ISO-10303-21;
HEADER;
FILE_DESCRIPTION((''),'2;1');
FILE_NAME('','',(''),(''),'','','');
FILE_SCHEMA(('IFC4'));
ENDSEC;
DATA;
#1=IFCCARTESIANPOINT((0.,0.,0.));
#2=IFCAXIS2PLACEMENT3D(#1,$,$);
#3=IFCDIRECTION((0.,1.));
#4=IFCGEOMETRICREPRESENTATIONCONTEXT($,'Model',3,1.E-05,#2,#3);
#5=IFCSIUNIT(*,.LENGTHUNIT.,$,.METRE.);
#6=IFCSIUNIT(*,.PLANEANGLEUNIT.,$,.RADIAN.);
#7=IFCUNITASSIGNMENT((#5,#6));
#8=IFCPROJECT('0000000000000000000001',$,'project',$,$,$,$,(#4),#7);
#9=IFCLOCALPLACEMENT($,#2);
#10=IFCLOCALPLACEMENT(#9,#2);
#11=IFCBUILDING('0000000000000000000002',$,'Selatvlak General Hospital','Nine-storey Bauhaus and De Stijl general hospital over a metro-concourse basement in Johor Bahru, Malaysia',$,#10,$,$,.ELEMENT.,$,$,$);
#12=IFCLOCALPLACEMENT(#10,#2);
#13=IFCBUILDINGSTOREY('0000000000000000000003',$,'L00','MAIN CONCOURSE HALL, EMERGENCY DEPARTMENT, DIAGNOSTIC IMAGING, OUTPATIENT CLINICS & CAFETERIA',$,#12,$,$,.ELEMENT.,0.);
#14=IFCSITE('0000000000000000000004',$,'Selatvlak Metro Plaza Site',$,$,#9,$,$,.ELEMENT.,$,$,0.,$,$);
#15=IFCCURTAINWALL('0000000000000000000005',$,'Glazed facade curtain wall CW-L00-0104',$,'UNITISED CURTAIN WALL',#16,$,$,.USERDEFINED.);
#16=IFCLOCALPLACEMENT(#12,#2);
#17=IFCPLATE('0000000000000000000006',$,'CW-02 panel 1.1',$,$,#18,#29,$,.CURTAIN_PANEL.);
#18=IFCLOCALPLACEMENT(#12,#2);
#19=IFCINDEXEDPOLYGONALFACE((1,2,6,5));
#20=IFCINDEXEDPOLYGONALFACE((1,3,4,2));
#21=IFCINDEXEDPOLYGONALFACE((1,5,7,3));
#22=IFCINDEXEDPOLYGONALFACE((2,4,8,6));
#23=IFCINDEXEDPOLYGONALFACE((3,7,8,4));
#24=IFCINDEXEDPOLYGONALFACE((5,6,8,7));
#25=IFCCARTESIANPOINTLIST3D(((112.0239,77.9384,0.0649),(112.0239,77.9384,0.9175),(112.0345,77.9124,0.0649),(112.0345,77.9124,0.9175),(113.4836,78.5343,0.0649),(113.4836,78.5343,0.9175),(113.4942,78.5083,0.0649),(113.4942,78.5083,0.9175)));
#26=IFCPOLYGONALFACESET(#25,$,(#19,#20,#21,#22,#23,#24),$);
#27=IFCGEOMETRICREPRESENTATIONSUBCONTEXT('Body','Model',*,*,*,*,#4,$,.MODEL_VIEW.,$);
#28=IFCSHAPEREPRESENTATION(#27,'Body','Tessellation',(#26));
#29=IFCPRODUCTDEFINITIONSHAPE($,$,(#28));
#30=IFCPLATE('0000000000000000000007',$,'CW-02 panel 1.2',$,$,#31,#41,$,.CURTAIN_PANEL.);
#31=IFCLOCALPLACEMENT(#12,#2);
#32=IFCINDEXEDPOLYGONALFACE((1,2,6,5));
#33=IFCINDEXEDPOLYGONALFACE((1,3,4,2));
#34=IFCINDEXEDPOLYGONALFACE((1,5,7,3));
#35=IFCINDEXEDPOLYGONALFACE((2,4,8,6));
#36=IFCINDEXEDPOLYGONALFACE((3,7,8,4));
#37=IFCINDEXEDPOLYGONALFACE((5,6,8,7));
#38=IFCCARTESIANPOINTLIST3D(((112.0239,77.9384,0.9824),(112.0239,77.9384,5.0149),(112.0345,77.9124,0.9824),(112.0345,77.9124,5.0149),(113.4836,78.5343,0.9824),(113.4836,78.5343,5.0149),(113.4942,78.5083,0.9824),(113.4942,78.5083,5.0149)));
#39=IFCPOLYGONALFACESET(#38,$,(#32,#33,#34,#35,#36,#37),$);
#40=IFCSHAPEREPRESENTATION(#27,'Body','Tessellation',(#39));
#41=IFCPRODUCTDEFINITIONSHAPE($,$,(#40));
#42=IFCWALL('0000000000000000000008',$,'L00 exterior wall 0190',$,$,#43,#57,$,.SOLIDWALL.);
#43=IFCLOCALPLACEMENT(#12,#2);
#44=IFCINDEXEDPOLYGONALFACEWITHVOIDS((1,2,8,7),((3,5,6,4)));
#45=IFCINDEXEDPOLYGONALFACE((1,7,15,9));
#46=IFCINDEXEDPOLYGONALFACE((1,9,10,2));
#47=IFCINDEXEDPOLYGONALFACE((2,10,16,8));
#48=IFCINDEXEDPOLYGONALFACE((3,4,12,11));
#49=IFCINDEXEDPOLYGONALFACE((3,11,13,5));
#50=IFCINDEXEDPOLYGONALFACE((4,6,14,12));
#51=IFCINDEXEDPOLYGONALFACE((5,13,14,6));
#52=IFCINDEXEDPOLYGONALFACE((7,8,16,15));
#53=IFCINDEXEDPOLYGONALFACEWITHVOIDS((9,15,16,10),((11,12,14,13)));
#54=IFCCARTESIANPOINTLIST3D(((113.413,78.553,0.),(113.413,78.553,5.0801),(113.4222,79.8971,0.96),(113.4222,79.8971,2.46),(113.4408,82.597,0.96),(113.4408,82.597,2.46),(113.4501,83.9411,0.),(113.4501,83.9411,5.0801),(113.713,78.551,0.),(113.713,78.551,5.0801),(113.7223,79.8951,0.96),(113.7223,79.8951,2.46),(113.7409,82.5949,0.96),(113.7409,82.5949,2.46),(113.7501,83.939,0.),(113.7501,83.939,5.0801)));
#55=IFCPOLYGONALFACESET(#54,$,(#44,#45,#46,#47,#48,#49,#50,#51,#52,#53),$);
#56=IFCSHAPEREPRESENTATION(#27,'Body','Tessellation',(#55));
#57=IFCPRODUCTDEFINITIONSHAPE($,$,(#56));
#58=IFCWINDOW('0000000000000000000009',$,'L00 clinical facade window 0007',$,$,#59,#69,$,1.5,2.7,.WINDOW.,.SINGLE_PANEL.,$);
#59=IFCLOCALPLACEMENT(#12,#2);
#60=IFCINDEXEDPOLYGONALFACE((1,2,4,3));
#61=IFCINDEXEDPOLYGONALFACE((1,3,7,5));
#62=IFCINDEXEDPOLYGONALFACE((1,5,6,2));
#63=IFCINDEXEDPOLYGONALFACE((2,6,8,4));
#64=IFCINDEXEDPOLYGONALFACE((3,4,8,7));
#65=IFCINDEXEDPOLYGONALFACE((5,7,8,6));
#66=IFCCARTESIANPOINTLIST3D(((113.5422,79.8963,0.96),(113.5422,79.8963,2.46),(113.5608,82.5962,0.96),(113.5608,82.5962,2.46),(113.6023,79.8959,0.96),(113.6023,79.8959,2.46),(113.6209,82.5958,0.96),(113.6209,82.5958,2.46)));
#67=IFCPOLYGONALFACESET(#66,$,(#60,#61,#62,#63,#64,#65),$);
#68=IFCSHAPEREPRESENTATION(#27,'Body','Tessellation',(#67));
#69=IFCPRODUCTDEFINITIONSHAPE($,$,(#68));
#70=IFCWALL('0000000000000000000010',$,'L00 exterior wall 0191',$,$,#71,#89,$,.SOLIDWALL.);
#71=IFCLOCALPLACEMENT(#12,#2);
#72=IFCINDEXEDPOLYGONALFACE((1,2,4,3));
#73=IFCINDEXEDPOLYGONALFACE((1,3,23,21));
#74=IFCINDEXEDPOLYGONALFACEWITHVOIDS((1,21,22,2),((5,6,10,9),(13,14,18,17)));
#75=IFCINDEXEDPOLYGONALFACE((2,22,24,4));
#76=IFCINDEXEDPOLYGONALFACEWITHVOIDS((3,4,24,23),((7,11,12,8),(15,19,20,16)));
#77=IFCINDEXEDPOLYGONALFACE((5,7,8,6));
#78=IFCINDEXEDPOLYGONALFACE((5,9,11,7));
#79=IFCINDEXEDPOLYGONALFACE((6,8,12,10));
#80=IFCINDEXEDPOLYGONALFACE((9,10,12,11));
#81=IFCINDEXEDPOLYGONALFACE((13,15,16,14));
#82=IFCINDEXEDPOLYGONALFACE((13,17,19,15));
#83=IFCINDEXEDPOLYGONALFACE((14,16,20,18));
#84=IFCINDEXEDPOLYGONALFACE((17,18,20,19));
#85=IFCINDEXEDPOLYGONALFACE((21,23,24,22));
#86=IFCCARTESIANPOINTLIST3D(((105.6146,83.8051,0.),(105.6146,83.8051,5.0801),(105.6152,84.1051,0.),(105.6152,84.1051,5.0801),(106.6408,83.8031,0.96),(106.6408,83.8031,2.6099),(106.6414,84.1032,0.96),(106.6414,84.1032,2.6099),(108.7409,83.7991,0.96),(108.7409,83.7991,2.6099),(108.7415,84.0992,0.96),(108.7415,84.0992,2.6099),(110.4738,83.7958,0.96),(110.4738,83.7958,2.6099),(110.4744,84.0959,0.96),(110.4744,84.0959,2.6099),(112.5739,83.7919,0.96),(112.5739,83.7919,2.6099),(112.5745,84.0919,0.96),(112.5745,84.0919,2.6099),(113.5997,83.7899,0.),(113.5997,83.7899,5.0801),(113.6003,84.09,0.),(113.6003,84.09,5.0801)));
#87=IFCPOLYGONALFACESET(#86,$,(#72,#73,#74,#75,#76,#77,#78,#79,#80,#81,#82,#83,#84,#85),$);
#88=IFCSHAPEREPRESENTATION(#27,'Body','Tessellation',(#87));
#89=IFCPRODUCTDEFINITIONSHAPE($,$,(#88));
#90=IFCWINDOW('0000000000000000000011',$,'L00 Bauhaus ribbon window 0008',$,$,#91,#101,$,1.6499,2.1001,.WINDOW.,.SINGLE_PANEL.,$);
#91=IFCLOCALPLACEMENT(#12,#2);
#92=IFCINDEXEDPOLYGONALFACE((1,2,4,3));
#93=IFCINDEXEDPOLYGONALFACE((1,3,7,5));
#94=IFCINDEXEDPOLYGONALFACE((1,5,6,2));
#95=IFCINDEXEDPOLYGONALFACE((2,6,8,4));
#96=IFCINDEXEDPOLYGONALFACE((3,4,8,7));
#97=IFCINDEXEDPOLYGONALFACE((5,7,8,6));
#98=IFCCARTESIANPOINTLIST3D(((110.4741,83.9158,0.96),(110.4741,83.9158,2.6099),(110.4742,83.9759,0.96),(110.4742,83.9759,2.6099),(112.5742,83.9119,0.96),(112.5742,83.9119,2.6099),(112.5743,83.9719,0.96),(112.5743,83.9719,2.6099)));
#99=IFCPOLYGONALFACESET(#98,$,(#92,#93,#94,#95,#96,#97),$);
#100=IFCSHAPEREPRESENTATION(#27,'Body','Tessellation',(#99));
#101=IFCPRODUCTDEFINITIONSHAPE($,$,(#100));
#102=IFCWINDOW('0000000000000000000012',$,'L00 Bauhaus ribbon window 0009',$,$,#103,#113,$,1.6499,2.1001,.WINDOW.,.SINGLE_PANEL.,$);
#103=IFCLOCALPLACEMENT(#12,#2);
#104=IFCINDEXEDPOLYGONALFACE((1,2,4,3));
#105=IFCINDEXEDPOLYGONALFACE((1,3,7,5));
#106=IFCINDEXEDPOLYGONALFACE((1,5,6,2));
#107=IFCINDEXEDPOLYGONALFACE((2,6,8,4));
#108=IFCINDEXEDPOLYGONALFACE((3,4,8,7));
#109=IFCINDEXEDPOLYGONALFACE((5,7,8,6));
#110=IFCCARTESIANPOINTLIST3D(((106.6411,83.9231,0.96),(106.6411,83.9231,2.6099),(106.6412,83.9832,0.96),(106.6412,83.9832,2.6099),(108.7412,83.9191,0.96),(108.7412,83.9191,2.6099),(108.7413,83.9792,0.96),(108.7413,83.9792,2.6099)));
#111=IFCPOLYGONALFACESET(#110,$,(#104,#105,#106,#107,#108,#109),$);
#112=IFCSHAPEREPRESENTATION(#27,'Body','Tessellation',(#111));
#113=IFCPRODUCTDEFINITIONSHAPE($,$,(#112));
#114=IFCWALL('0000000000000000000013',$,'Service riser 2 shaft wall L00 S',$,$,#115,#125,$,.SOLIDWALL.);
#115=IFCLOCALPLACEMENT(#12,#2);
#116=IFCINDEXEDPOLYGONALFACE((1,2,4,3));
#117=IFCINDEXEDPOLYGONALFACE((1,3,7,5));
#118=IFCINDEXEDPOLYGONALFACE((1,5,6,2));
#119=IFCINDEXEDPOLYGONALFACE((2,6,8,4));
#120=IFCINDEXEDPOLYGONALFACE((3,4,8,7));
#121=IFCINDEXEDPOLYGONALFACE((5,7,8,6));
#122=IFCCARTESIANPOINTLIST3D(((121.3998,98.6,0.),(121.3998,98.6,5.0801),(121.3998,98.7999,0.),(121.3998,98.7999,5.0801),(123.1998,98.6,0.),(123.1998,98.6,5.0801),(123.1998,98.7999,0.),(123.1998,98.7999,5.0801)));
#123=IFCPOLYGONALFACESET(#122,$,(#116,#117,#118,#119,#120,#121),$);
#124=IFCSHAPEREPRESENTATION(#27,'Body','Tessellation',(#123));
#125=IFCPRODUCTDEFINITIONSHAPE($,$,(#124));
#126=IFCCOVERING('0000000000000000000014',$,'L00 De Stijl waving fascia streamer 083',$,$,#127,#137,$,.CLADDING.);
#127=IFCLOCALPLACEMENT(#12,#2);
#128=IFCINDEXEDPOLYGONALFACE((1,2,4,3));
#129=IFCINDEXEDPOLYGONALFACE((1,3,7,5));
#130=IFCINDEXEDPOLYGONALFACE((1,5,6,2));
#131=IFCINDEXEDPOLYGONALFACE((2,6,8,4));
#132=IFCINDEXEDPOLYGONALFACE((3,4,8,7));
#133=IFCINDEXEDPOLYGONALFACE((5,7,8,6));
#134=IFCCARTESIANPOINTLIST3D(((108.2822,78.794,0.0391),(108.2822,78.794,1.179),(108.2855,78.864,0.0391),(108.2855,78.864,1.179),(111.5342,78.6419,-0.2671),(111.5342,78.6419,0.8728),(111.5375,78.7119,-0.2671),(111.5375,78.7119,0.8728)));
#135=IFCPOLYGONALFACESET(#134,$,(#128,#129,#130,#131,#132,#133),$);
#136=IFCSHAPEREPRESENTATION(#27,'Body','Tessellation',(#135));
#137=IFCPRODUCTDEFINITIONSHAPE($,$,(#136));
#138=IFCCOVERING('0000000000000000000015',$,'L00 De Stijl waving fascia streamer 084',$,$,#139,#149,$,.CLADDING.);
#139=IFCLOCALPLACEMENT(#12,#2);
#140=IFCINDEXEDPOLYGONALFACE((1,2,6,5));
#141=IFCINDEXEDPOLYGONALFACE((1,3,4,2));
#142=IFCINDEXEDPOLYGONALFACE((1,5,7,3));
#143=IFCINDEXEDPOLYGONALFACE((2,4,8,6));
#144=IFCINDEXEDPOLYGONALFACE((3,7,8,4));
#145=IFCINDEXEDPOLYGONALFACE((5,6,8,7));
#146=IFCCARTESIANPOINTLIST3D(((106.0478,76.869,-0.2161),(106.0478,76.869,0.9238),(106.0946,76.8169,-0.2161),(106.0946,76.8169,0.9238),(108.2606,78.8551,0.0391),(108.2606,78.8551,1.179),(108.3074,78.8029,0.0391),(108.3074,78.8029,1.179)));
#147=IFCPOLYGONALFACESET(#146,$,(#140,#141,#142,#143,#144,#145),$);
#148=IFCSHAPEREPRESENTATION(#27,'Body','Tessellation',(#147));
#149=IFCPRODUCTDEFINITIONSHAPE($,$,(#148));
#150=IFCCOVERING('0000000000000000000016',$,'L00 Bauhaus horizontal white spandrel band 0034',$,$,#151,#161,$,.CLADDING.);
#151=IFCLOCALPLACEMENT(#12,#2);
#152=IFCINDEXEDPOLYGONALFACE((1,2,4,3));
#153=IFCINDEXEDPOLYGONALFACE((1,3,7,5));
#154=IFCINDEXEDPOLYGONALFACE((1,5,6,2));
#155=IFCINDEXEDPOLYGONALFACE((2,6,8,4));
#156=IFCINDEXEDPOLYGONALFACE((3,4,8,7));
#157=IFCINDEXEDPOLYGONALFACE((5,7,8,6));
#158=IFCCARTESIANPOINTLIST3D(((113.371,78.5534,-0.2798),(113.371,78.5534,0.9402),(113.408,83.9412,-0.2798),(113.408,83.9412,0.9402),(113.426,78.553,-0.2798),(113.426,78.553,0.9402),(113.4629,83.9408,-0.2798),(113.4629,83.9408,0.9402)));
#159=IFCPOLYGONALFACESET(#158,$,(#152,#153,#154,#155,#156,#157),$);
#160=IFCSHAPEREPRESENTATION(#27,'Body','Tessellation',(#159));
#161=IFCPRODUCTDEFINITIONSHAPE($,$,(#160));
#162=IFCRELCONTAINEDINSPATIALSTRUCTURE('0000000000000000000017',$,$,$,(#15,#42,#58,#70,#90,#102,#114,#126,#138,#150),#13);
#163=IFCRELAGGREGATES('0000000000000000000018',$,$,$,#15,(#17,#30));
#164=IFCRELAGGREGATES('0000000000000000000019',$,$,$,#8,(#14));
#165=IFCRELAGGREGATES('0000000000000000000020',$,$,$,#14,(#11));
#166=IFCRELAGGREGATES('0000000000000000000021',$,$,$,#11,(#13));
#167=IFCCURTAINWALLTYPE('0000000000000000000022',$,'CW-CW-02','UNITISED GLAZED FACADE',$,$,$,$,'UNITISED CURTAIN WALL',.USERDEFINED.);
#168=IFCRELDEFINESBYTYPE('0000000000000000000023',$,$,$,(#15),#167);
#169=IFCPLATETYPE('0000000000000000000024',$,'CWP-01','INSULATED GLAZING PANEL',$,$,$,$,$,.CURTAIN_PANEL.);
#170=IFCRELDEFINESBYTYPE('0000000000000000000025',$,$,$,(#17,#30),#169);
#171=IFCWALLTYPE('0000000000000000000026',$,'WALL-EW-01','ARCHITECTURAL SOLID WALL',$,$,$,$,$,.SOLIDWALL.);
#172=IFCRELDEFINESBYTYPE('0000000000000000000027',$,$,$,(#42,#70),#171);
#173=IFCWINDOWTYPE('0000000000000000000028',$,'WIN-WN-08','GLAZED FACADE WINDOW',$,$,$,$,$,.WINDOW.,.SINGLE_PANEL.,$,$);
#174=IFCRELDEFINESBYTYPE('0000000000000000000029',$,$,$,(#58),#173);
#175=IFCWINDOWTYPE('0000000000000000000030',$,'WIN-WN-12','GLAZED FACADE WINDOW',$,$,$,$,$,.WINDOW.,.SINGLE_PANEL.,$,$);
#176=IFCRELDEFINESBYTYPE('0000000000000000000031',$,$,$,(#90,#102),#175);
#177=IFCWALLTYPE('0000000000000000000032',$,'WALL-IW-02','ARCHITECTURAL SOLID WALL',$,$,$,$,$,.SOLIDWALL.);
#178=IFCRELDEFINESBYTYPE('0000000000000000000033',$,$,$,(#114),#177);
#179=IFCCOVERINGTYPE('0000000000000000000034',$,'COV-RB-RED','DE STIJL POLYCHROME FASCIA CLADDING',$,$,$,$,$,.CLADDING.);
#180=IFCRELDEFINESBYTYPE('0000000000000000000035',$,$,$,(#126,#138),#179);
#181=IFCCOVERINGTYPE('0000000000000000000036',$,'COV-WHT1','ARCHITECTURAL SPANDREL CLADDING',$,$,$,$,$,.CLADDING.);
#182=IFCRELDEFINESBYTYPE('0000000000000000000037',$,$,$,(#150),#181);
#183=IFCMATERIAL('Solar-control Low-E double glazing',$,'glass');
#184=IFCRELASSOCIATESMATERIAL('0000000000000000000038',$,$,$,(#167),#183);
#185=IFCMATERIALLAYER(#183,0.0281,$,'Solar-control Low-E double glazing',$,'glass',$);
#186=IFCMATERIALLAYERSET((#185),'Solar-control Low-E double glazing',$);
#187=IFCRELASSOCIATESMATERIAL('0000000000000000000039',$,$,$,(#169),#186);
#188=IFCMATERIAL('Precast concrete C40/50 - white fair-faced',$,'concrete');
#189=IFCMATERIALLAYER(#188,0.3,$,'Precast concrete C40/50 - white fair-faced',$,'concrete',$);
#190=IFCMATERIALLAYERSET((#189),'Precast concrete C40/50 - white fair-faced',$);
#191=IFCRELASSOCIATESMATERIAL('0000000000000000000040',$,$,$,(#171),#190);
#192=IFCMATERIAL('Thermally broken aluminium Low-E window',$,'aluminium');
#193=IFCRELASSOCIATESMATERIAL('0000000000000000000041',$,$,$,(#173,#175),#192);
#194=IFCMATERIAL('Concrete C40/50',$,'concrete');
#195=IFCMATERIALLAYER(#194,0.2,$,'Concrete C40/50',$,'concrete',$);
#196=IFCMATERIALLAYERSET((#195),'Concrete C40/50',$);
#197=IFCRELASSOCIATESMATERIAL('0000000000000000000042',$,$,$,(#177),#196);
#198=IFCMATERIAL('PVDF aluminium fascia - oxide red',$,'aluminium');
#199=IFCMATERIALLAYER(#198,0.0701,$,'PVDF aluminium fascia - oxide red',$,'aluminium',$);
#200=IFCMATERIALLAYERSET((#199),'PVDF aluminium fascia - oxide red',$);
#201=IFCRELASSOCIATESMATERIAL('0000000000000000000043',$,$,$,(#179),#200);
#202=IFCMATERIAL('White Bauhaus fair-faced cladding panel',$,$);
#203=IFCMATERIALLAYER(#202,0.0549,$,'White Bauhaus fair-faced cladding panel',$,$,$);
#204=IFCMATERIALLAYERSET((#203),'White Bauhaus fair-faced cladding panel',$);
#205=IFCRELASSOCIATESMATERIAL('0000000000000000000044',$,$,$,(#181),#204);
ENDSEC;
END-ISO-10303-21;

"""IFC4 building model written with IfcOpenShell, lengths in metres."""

from ifc_helpers import new_model, si_unit, direction, frame, frame_2d, origin, origin_2d, place, context, subcontext, project, spatial, polyline, rectangle, outline, extrude, material, layer, layer_set, type_object, element, fill, aggregate, save


model = new_model("IFC4")

# Units and contexts
model_context = context("Model", 3, precision=1e-05, world=origin(), true_north=direction((0.0, 1.0)))
body_context = subcontext(model_context, "Body", "Model", "MODEL_VIEW")
ifc_project = project(units=[si_unit("LENGTHUNIT", "METRE"), si_unit("PLANEANGLEUNIT", "RADIAN")], contexts=[model_context])

# Site, building, storey
site_placement = place(None, origin())
site = spatial("IfcSite", under=ifc_project, at=site_placement, Name="Selatvlak Metro Plaza Site", CompositionType="ELEMENT", RefElevation=0.0)
building_placement = place(site_placement, origin())
building = spatial("IfcBuilding", under=site, at=building_placement, Name="Selatvlak General Hospital", Description="Nine-storey Bauhaus and De Stijl general hospital over a metro-concourse basement in Johor Bahru, Malaysia", CompositionType="ELEMENT")
storey_placement = place(building_placement, origin())
storey = spatial("IfcBuildingStorey", under=building, at=storey_placement, Name="L00", Description="MAIN CONCOURSE HALL, EMERGENCY DEPARTMENT, DIAGNOSTIC IMAGING, OUTPATIENT CLINICS & CAFETERIA", CompositionType="ELEMENT", Elevation=0.0)

# Shared definitions
ifc_material_1 = material(Name="Concrete C40/50", Category="concrete")

# Shared definitions
ifc_material_2 = material(Name="Solar-control Low-E double glazing", Category="glass")

# Curtain wall, plates
curtain_wall_type_1 = type_object("IfcCurtainWallType", Name="CW-CW-02", Description="UNITISED GLAZED FACADE", ElementType="UNITISED CURTAIN WALL", PredefinedType="USERDEFINED", material=ifc_material_2)
curtain_wall_1_placement = place(storey_placement, origin())
curtain_wall_1 = element("IfcCurtainWall", 1, at=curtain_wall_1_placement, inside=storey, type_object=curtain_wall_type_1, Name="Glazed facade curtain wall CW-L00-0104", ObjectType="UNITISED CURTAIN WALL", PredefinedType="USERDEFINED")
ifc_layer_1 = layer(ifc_material_2, 0.0281, Name="Solar-control Low-E double glazing", Category="glass")
ifc_layer_set_1 = layer_set([ifc_layer_1], Name="Solar-control Low-E double glazing")
plate_type = type_object("IfcPlateType", Name="CWP-01", Description="INSULATED GLAZING PANEL", PredefinedType="CURTAIN_PANEL", material=ifc_layer_set_1)
plate_1_placement = place(storey_placement, frame((112.759, 78.2234, 0.0649), z_axis=(0.0, 0.0, 1.0), x_axis=(0.925827, 0.377948, 0.0)))
plate_1 = element("IfcPlate", 2, at=plate_1_placement, type_object=plate_type, Name="CW-02 panel 1.1", PredefinedType="CURTAIN_PANEL", context=body_context, shape_type="SweptSolid", body=[
    extrude(rectangle(XDim=1.5767, YDim=0.0281, at=origin_2d()), origin(), (0.0, 0.0, 1.0), 0.8525),
])
plate_2_placement = place(storey_placement, frame((112.759, 78.2234, 0.9824), z_axis=(0.0, 0.0, 1.0), x_axis=(0.925827, 0.377948, 0.0)))
plate_2 = element("IfcPlate", 3, at=plate_2_placement, type_object=plate_type, Name="CW-02 panel 1.2", PredefinedType="CURTAIN_PANEL", context=body_context, shape_type="SweptSolid", body=[
    extrude(rectangle(XDim=1.5767, YDim=0.0281, at=origin_2d()), origin(), (0.0, 0.0, 1.0), 4.0325),
])
aggregate(curtain_wall_1, [plate_1, plate_2])

# Wall, opening, window
ifc_material_3 = material(Name="Precast concrete C40/50 - white fair-faced", Category="concrete")
ifc_layer_2 = layer(ifc_material_3, 0.3, Name="Precast concrete C40/50 - white fair-faced", Category="concrete")
ifc_layer_set_2 = layer_set([ifc_layer_2], Name="Precast concrete C40/50 - white fair-faced")
wall_type_1 = type_object("IfcWallType", Name="WALL-EW-01", Description="ARCHITECTURAL SOLID WALL", PredefinedType="SOLIDWALL", material=ifc_layer_set_2)
wall_1_placement = place(storey_placement, frame((113.563, 78.552, 0.0), z_axis=(0.0, 0.0, 1.0), x_axis=(0.006887, 0.999976, 0.0)))
wall_1 = element("IfcWall", 4, at=wall_1_placement, inside=storey, type_object=wall_type_1, Name="L00 exterior wall 0190", PredefinedType="SOLIDWALL", context=body_context, shape_type="SweptSolid", body=[
    extrude(rectangle(XDim=5.3882, YDim=0.3, at=frame_2d((2.6941, 0.0))), origin(), (0.0, 0.0, 1.0), 5.0801),
])
opening_1_placement = place(wall_1_placement, frame((1.344, 0.0, 0.96)))
opening_1 = element("IfcOpeningElement", 5, at=opening_1_placement, cuts=wall_1, PredefinedType="OPENING", context=body_context, shape_type="SweptSolid", body=[
    extrude(rectangle(XDim=2.7, YDim=1.5, at=frame_2d((1.3501, 0.75))), frame((0.0, 0.1599, 0.0), z_axis=(0.0, -1.0, 0.0), x_axis=(1.0, 0.0, 0.0)), (0.0, 0.0, 1.0), 0.3201),
])
ifc_material_4 = material(Name="Thermally broken aluminium Low-E window", Category="aluminium")
window_type_1 = type_object("IfcWindowType", Name="WIN-WN-08", Description="GLAZED FACADE WINDOW", PartitioningType="SINGLE_PANEL", PredefinedType="WINDOW", material=ifc_material_4)
window_1_placement = place(opening_1_placement, origin())
window_1 = element("IfcWindow", 6, at=window_1_placement, inside=storey, type_object=window_type_1, Name="L00 clinical facade window 0007", OverallHeight=1.5, OverallWidth=2.7, PartitioningType="SINGLE_PANEL", PredefinedType="WINDOW", context=body_context, shape_type="SweptSolid", body=[
    extrude(rectangle(XDim=2.7, YDim=1.5, at=frame_2d((1.3501, 0.75))), frame((0.0, 0.03, 0.0), z_axis=(0.0, -1.0, 0.0), x_axis=(1.0, 0.0, 0.0)), (0.0, 0.0, 1.0), 0.0601),
])
fill(opening_1, window_1)

# Wall, openings, windows
wall_2_placement = place(storey_placement, frame((113.6001, 83.9399, 0.0), z_axis=(0.0, 0.0, 1.0), x_axis=(-0.999998, 0.001896, 0.0)))
wall_2 = element("IfcWall", 7, at=wall_2_placement, inside=storey, type_object=wall_type_1, Name="L00 exterior wall 0191", PredefinedType="SOLIDWALL", context=body_context, shape_type="SweptSolid", body=[
    extrude(rectangle(XDim=7.9851, YDim=0.3, at=frame_2d((3.9927, 0.0))), origin(), (0.0, 0.0, 1.0), 5.0801),
])
opening_2_placement = place(wall_2_placement, frame((1.0259, 0.0, 0.96)))
opening_2 = element("IfcOpeningElement", 8, at=opening_2_placement, cuts=wall_2, PredefinedType="OPENING", context=body_context, shape_type="SweptSolid", body=[
    extrude(rectangle(XDim=2.1001, YDim=1.6499, at=frame_2d((1.05, 0.825))), frame((0.0, 0.1599, 0.0), z_axis=(0.0, -1.0, 0.0), x_axis=(1.0, 0.0, 0.0)), (0.0, 0.0, 1.0), 0.3201),
])
opening_3_placement = place(wall_2_placement, frame((4.8589, 0.0, 0.96)))
opening_3 = element("IfcOpeningElement", 9, at=opening_3_placement, cuts=wall_2, PredefinedType="OPENING", context=body_context, shape_type="SweptSolid", body=[
    extrude(rectangle(XDim=2.1001, YDim=1.6499, at=frame_2d((1.05, 0.825))), frame((0.0, 0.1599, 0.0), z_axis=(0.0, -1.0, 0.0), x_axis=(1.0, 0.0, 0.0)), (0.0, 0.0, 1.0), 0.3201),
])
window_type_2 = type_object("IfcWindowType", Name="WIN-WN-12", Description="GLAZED FACADE WINDOW", PartitioningType="SINGLE_PANEL", PredefinedType="WINDOW", material=ifc_material_4)
window_2_placement = place(opening_2_placement, origin())
window_2 = element("IfcWindow", 10, at=window_2_placement, inside=storey, type_object=window_type_2, Name="L00 Bauhaus ribbon window 0008", OverallHeight=1.6499, OverallWidth=2.1001, PartitioningType="SINGLE_PANEL", PredefinedType="WINDOW", context=body_context, shape_type="SweptSolid", body=[
    extrude(rectangle(XDim=2.1001, YDim=1.6499, at=frame_2d((1.05, 0.825))), frame((0.0, 0.03, 0.0), z_axis=(0.0, -1.0, 0.0), x_axis=(1.0, 0.0, 0.0)), (0.0, 0.0, 1.0), 0.0601),
])
fill(opening_2, window_2)
window_3_placement = place(opening_3_placement, origin())
window_3 = element("IfcWindow", 11, at=window_3_placement, inside=storey, type_object=window_type_2, Name="L00 Bauhaus ribbon window 0009", OverallHeight=1.6499, OverallWidth=2.1001, PartitioningType="SINGLE_PANEL", PredefinedType="WINDOW", context=body_context, shape_type="SweptSolid", body=[
    extrude(rectangle(XDim=2.1001, YDim=1.6499, at=frame_2d((1.05, 0.825))), frame((0.0, 0.03, 0.0), z_axis=(0.0, -1.0, 0.0), x_axis=(1.0, 0.0, 0.0)), (0.0, 0.0, 1.0), 0.0601),
])
fill(opening_3, window_3)

# Wall
ifc_layer_3 = layer(ifc_material_1, 0.2, Name="Concrete C40/50", Category="concrete")
ifc_layer_set_3 = layer_set([ifc_layer_3], Name="Concrete C40/50")
wall_type_2 = type_object("IfcWallType", Name="WALL-IW-02", Description="ARCHITECTURAL SOLID WALL", PredefinedType="SOLIDWALL", material=ifc_layer_set_3)
wall_3_placement = place(storey_placement, frame((121.3999, 98.7, 0.0), z_axis=(0.0, 0.0, 1.0), x_axis=(1.0, 0.0, 0.0)))
element("IfcWall", 12, at=wall_3_placement, inside=storey, type_object=wall_type_2, Name="Service riser 2 shaft wall L00 S", PredefinedType="SOLIDWALL", context=body_context, shape_type="SweptSolid", body=[
    extrude(rectangle(XDim=1.8, YDim=0.2, at=frame_2d((0.8999, 0.0))), origin(), (0.0, 0.0, 1.0), 5.0801),
])

# Coverings
ifc_material_5 = material(Name="PVDF aluminium fascia - oxide red", Category="aluminium")
ifc_layer_4 = layer(ifc_material_5, 0.0701, Name="PVDF aluminium fascia - oxide red", Category="aluminium")
ifc_layer_set_4 = layer_set([ifc_layer_4], Name="PVDF aluminium fascia - oxide red")
covering_type_1 = type_object("IfcCoveringType", Name="COV-RB-RED", Description="DE STIJL POLYCHROME FASCIA CLADDING", PredefinedType="CLADDING", material=ifc_layer_set_4)
covering_1_placement = place(storey_placement, frame((111.5359, 78.677, -0.2671), z_axis=(0.0, 0.0, 1.0), x_axis=(-0.998908, 0.046721, 0.0)))
element("IfcCovering", 13, at=covering_1_placement, inside=storey, type_object=covering_type_1, Name="L00 De Stijl waving fascia streamer 083", PredefinedType="CLADDING", context=body_context, shape_type="SweptSolid", body=[
    extrude(outline(polyline([(0.0, 0.0), (3.2556, 0.3062), (3.2556, 1.446), (0.0, 1.1399), (0.0, 0.0)])), frame((0.0, 0.0352, 0.0), z_axis=(0.0, -1.0, 0.0), x_axis=(1.0, 0.0, 0.0)), (0.0, 0.0, 1.0), 0.0701),
])
covering_2_placement = place(storey_placement, frame((108.2839, 78.8291, 0.0391), z_axis=(0.0, 0.0, 1.0), x_axis=(-0.744216, -0.667939, 0.0)))
element("IfcCovering", 14, at=covering_2_placement, inside=storey, type_object=covering_type_1, Name="L00 De Stijl waving fascia streamer 084", PredefinedType="CLADDING", context=body_context, shape_type="SweptSolid", body=[
    extrude(outline(polyline([(0.0, 0.0), (2.9734, -0.2551), (2.9734, 0.8848), (0.0, 1.1399), (0.0, 0.0)])), frame((0.0, 0.0352, 0.0), z_axis=(0.0, -1.0, 0.0), x_axis=(1.0, 0.0, 0.0)), (0.0, 0.0, 1.0), 0.0701),
])
ifc_material_6 = material(Name="White Bauhaus fair-faced cladding panel")
ifc_layer_5 = layer(ifc_material_6, 0.0549, Name="White Bauhaus fair-faced cladding panel")
ifc_layer_set_5 = layer_set([ifc_layer_5], Name="White Bauhaus fair-faced cladding panel")
covering_type_2 = type_object("IfcCoveringType", Name="COV-WHT1", Description="ARCHITECTURAL SPANDREL CLADDING", PredefinedType="CLADDING", material=ifc_layer_set_5)
covering_3_placement = place(storey_placement, frame((113.417, 81.2471, -0.2798), z_axis=(0.0, 0.0, 1.0), x_axis=(0.006859, 0.999976, 0.0)))
element("IfcCovering", 15, at=covering_3_placement, inside=storey, type_object=covering_type_2, Name="L00 Bauhaus horizontal white spandrel band 0034", PredefinedType="CLADDING", context=body_context, shape_type="SweptSolid", body=[
    extrude(rectangle(XDim=5.3879, YDim=0.0549, at=origin_2d()), origin(), (0.0, 0.0, 1.0), 1.22),
])

save(model, "model.ifc")
